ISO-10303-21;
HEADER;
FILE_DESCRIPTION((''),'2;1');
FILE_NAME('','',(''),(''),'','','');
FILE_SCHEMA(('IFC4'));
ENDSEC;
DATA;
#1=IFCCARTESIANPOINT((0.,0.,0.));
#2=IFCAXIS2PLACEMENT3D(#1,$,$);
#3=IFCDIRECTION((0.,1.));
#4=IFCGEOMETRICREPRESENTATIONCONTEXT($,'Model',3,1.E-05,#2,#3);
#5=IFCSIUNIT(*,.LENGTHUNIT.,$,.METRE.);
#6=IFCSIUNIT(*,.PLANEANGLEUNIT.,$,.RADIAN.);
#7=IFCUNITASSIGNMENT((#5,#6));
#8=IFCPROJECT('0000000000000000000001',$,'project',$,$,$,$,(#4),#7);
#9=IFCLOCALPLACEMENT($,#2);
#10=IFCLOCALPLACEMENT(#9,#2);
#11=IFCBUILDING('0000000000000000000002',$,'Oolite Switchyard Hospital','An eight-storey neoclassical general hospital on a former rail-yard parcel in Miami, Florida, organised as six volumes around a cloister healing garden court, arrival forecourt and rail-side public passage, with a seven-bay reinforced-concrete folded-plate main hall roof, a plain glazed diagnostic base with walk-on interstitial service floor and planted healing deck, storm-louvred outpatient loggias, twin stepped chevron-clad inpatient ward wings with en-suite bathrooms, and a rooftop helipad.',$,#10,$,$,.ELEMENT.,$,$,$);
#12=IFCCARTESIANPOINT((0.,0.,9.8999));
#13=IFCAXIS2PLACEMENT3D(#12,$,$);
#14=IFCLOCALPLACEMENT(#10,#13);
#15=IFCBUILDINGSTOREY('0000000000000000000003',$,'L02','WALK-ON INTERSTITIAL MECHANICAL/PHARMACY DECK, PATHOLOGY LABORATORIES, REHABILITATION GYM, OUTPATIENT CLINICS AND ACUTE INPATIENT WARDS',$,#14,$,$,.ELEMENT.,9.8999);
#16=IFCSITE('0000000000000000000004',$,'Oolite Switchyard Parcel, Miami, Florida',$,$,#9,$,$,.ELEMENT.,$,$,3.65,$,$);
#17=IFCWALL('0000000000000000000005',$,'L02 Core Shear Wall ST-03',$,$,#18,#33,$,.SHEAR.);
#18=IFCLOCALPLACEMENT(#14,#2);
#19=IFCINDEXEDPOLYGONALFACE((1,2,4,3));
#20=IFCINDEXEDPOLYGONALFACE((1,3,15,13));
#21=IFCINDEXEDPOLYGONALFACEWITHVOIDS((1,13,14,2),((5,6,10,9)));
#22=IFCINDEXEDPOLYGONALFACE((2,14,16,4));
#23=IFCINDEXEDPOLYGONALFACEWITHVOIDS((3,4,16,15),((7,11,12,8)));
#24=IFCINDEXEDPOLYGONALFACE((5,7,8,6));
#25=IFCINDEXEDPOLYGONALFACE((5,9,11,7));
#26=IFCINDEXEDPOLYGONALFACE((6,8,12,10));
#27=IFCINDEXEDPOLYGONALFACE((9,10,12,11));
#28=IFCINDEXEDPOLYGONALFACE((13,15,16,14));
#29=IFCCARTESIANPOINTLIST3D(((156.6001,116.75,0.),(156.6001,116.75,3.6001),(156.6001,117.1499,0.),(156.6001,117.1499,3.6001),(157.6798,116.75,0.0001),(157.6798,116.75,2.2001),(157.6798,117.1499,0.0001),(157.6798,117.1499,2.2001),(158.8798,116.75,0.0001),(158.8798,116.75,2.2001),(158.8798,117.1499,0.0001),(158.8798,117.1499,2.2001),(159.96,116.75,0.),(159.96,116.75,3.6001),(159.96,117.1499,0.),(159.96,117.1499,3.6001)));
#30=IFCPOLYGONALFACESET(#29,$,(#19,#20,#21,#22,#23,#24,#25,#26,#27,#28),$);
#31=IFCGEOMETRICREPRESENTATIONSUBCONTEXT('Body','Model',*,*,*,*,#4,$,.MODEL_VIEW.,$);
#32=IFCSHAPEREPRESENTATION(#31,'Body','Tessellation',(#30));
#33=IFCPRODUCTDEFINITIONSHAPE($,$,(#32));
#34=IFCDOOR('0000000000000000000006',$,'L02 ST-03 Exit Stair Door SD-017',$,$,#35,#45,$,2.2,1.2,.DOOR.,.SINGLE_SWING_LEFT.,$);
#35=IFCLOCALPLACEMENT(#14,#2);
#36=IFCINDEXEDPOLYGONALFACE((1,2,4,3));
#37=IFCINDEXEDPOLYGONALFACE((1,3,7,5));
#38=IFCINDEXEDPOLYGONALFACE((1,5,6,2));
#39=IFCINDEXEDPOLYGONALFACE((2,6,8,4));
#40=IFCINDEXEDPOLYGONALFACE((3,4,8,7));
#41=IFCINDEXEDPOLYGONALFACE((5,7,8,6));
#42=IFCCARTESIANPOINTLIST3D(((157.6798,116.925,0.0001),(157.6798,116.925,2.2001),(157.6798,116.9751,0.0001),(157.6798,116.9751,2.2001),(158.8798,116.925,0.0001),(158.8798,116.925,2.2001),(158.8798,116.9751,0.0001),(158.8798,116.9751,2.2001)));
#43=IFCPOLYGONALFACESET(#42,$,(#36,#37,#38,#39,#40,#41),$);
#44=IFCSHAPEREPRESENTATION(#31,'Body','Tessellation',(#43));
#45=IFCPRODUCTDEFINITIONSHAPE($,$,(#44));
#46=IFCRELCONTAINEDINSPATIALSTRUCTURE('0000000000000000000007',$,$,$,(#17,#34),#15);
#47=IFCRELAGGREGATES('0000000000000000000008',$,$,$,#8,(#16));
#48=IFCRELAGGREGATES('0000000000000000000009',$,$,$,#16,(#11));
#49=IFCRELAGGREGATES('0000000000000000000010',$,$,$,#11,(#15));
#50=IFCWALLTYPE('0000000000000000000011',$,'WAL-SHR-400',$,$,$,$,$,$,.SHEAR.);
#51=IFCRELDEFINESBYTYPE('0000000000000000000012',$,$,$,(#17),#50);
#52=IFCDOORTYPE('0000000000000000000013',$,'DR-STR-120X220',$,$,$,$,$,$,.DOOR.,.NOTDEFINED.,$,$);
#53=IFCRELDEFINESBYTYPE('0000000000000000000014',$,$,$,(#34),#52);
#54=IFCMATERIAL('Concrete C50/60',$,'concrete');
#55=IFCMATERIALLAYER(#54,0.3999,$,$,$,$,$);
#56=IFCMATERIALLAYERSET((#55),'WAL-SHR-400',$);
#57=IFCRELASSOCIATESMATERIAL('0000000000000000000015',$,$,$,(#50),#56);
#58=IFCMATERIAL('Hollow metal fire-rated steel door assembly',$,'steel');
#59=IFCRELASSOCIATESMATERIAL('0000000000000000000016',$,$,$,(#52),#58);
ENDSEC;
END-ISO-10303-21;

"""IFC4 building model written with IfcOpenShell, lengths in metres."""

from ifc_helpers import new_model, si_unit, direction, frame, frame_2d, origin, place, context, subcontext, project, spatial, rectangle, extrude, material, layer, layer_set, type_object, element, fill, save


model = new_model("IFC4")

# Units and contexts
model_context = context("Model", 3, precision=1e-05, world=origin(), true_north=direction((0.0, 1.0)))
body_context = subcontext(model_context, "Body", "Model", "MODEL_VIEW")
ifc_project = project(units=[si_unit("LENGTHUNIT", "METRE"), si_unit("PLANEANGLEUNIT", "RADIAN")], contexts=[model_context])

# Site, building, storey
site_placement = place(None, origin())
site = spatial("IfcSite", under=ifc_project, at=site_placement, Name="Oolite Switchyard Parcel, Miami, Florida", CompositionType="ELEMENT", RefElevation=3.65)
building_placement = place(site_placement, origin())
building = spatial("IfcBuilding", under=site, at=building_placement, Name="Oolite Switchyard Hospital", Description="An eight-storey neoclassical general hospital on a former rail-yard parcel in Miami, Florida, organised as six volumes around a cloister healing garden court, arrival forecourt and rail-side public passage, with a seven-bay reinforced-concrete folded-plate main hall roof, a plain glazed diagnostic base with walk-on interstitial service floor and planted healing deck, storm-louvred outpatient loggias, twin stepped chevron-clad inpatient ward wings with en-suite bathrooms, and a rooftop helipad.", CompositionType="ELEMENT")
storey_placement = place(building_placement, frame((0.0, 0.0, 9.8999)))
storey = spatial("IfcBuildingStorey", under=building, at=storey_placement, Name="L02", Description="WALK-ON INTERSTITIAL MECHANICAL/PHARMACY DECK, PATHOLOGY LABORATORIES, REHABILITATION GYM, OUTPATIENT CLINICS AND ACUTE INPATIENT WARDS", CompositionType="ELEMENT", Elevation=9.8999)

# Shared definitions
ifc_material_1 = material(Name="Concrete C50/60", Category="concrete")

# Shared definitions
ifc_layer_1 = layer(ifc_material_1, 0.3999)
ifc_layer_set_1 = layer_set([ifc_layer_1], Name="WAL-SHR-400")
wall_type_1 = type_object("IfcWallType", Name="WAL-SHR-400", PredefinedType="SHEAR", material=ifc_layer_set_1)

# Wall, opening, door
wall_1_placement = place(storey_placement, frame((159.96, 116.95, 0.0), z_axis=(0.0, 0.0, 1.0), x_axis=(-1.0, 0.0, 0.0)))
wall_1 = element("IfcWall", 1, at=wall_1_placement, inside=storey, type_object=wall_type_1, Name="L02 Core Shear Wall ST-03", PredefinedType="SHEAR", context=body_context, shape_type="SweptSolid", body=[
    extrude(rectangle(XDim=3.3599, YDim=0.3999, at=frame_2d((1.6799, 0.0))), origin(), (0.0, 0.0, 1.0), 3.6001),
])
opening_1_placement = place(wall_1_placement, frame((1.0801, 0.0, 0.0)))
opening_1 = element("IfcOpeningElement", 2, at=opening_1_placement, cuts=wall_1, PredefinedType="OPENING", context=body_context, shape_type="SweptSolid", body=[
    extrude(rectangle(XDim=1.2, YDim=2.2, at=frame_2d((0.6001, 1.1001))), frame((0.0, 0.21, 0.0), z_axis=(0.0, -1.0, 0.0), x_axis=(1.0, 0.0, 0.0)), (0.0, 0.0, 1.0), 0.4199),
])
ifc_material_2 = material(Name="Hollow metal fire-rated steel door assembly", Category="steel")
door_type_1 = type_object("IfcDoorType", Name="DR-STR-120X220", OperationType="NOTDEFINED", PredefinedType="DOOR", material=ifc_material_2)
door_1_placement = place(opening_1_placement, origin())
door_1 = element("IfcDoor", 3, at=door_1_placement, inside=storey, type_object=door_type_1, Name="L02 ST-03 Exit Stair Door SD-017", OperationType="SINGLE_SWING_LEFT", OverallHeight=2.2, OverallWidth=1.2, PredefinedType="DOOR", context=body_context, shape_type="SweptSolid", body=[
    extrude(rectangle(XDim=1.2, YDim=2.2, at=frame_2d((0.6001, 1.1001))), frame((0.0, 0.0249, 0.0), z_axis=(0.0, -1.0, 0.0), x_axis=(1.0, 0.0, 0.0)), (0.0, 0.0, 1.0), 0.05),
])
fill(opening_1, door_1)

save(model, "model.ifc")
